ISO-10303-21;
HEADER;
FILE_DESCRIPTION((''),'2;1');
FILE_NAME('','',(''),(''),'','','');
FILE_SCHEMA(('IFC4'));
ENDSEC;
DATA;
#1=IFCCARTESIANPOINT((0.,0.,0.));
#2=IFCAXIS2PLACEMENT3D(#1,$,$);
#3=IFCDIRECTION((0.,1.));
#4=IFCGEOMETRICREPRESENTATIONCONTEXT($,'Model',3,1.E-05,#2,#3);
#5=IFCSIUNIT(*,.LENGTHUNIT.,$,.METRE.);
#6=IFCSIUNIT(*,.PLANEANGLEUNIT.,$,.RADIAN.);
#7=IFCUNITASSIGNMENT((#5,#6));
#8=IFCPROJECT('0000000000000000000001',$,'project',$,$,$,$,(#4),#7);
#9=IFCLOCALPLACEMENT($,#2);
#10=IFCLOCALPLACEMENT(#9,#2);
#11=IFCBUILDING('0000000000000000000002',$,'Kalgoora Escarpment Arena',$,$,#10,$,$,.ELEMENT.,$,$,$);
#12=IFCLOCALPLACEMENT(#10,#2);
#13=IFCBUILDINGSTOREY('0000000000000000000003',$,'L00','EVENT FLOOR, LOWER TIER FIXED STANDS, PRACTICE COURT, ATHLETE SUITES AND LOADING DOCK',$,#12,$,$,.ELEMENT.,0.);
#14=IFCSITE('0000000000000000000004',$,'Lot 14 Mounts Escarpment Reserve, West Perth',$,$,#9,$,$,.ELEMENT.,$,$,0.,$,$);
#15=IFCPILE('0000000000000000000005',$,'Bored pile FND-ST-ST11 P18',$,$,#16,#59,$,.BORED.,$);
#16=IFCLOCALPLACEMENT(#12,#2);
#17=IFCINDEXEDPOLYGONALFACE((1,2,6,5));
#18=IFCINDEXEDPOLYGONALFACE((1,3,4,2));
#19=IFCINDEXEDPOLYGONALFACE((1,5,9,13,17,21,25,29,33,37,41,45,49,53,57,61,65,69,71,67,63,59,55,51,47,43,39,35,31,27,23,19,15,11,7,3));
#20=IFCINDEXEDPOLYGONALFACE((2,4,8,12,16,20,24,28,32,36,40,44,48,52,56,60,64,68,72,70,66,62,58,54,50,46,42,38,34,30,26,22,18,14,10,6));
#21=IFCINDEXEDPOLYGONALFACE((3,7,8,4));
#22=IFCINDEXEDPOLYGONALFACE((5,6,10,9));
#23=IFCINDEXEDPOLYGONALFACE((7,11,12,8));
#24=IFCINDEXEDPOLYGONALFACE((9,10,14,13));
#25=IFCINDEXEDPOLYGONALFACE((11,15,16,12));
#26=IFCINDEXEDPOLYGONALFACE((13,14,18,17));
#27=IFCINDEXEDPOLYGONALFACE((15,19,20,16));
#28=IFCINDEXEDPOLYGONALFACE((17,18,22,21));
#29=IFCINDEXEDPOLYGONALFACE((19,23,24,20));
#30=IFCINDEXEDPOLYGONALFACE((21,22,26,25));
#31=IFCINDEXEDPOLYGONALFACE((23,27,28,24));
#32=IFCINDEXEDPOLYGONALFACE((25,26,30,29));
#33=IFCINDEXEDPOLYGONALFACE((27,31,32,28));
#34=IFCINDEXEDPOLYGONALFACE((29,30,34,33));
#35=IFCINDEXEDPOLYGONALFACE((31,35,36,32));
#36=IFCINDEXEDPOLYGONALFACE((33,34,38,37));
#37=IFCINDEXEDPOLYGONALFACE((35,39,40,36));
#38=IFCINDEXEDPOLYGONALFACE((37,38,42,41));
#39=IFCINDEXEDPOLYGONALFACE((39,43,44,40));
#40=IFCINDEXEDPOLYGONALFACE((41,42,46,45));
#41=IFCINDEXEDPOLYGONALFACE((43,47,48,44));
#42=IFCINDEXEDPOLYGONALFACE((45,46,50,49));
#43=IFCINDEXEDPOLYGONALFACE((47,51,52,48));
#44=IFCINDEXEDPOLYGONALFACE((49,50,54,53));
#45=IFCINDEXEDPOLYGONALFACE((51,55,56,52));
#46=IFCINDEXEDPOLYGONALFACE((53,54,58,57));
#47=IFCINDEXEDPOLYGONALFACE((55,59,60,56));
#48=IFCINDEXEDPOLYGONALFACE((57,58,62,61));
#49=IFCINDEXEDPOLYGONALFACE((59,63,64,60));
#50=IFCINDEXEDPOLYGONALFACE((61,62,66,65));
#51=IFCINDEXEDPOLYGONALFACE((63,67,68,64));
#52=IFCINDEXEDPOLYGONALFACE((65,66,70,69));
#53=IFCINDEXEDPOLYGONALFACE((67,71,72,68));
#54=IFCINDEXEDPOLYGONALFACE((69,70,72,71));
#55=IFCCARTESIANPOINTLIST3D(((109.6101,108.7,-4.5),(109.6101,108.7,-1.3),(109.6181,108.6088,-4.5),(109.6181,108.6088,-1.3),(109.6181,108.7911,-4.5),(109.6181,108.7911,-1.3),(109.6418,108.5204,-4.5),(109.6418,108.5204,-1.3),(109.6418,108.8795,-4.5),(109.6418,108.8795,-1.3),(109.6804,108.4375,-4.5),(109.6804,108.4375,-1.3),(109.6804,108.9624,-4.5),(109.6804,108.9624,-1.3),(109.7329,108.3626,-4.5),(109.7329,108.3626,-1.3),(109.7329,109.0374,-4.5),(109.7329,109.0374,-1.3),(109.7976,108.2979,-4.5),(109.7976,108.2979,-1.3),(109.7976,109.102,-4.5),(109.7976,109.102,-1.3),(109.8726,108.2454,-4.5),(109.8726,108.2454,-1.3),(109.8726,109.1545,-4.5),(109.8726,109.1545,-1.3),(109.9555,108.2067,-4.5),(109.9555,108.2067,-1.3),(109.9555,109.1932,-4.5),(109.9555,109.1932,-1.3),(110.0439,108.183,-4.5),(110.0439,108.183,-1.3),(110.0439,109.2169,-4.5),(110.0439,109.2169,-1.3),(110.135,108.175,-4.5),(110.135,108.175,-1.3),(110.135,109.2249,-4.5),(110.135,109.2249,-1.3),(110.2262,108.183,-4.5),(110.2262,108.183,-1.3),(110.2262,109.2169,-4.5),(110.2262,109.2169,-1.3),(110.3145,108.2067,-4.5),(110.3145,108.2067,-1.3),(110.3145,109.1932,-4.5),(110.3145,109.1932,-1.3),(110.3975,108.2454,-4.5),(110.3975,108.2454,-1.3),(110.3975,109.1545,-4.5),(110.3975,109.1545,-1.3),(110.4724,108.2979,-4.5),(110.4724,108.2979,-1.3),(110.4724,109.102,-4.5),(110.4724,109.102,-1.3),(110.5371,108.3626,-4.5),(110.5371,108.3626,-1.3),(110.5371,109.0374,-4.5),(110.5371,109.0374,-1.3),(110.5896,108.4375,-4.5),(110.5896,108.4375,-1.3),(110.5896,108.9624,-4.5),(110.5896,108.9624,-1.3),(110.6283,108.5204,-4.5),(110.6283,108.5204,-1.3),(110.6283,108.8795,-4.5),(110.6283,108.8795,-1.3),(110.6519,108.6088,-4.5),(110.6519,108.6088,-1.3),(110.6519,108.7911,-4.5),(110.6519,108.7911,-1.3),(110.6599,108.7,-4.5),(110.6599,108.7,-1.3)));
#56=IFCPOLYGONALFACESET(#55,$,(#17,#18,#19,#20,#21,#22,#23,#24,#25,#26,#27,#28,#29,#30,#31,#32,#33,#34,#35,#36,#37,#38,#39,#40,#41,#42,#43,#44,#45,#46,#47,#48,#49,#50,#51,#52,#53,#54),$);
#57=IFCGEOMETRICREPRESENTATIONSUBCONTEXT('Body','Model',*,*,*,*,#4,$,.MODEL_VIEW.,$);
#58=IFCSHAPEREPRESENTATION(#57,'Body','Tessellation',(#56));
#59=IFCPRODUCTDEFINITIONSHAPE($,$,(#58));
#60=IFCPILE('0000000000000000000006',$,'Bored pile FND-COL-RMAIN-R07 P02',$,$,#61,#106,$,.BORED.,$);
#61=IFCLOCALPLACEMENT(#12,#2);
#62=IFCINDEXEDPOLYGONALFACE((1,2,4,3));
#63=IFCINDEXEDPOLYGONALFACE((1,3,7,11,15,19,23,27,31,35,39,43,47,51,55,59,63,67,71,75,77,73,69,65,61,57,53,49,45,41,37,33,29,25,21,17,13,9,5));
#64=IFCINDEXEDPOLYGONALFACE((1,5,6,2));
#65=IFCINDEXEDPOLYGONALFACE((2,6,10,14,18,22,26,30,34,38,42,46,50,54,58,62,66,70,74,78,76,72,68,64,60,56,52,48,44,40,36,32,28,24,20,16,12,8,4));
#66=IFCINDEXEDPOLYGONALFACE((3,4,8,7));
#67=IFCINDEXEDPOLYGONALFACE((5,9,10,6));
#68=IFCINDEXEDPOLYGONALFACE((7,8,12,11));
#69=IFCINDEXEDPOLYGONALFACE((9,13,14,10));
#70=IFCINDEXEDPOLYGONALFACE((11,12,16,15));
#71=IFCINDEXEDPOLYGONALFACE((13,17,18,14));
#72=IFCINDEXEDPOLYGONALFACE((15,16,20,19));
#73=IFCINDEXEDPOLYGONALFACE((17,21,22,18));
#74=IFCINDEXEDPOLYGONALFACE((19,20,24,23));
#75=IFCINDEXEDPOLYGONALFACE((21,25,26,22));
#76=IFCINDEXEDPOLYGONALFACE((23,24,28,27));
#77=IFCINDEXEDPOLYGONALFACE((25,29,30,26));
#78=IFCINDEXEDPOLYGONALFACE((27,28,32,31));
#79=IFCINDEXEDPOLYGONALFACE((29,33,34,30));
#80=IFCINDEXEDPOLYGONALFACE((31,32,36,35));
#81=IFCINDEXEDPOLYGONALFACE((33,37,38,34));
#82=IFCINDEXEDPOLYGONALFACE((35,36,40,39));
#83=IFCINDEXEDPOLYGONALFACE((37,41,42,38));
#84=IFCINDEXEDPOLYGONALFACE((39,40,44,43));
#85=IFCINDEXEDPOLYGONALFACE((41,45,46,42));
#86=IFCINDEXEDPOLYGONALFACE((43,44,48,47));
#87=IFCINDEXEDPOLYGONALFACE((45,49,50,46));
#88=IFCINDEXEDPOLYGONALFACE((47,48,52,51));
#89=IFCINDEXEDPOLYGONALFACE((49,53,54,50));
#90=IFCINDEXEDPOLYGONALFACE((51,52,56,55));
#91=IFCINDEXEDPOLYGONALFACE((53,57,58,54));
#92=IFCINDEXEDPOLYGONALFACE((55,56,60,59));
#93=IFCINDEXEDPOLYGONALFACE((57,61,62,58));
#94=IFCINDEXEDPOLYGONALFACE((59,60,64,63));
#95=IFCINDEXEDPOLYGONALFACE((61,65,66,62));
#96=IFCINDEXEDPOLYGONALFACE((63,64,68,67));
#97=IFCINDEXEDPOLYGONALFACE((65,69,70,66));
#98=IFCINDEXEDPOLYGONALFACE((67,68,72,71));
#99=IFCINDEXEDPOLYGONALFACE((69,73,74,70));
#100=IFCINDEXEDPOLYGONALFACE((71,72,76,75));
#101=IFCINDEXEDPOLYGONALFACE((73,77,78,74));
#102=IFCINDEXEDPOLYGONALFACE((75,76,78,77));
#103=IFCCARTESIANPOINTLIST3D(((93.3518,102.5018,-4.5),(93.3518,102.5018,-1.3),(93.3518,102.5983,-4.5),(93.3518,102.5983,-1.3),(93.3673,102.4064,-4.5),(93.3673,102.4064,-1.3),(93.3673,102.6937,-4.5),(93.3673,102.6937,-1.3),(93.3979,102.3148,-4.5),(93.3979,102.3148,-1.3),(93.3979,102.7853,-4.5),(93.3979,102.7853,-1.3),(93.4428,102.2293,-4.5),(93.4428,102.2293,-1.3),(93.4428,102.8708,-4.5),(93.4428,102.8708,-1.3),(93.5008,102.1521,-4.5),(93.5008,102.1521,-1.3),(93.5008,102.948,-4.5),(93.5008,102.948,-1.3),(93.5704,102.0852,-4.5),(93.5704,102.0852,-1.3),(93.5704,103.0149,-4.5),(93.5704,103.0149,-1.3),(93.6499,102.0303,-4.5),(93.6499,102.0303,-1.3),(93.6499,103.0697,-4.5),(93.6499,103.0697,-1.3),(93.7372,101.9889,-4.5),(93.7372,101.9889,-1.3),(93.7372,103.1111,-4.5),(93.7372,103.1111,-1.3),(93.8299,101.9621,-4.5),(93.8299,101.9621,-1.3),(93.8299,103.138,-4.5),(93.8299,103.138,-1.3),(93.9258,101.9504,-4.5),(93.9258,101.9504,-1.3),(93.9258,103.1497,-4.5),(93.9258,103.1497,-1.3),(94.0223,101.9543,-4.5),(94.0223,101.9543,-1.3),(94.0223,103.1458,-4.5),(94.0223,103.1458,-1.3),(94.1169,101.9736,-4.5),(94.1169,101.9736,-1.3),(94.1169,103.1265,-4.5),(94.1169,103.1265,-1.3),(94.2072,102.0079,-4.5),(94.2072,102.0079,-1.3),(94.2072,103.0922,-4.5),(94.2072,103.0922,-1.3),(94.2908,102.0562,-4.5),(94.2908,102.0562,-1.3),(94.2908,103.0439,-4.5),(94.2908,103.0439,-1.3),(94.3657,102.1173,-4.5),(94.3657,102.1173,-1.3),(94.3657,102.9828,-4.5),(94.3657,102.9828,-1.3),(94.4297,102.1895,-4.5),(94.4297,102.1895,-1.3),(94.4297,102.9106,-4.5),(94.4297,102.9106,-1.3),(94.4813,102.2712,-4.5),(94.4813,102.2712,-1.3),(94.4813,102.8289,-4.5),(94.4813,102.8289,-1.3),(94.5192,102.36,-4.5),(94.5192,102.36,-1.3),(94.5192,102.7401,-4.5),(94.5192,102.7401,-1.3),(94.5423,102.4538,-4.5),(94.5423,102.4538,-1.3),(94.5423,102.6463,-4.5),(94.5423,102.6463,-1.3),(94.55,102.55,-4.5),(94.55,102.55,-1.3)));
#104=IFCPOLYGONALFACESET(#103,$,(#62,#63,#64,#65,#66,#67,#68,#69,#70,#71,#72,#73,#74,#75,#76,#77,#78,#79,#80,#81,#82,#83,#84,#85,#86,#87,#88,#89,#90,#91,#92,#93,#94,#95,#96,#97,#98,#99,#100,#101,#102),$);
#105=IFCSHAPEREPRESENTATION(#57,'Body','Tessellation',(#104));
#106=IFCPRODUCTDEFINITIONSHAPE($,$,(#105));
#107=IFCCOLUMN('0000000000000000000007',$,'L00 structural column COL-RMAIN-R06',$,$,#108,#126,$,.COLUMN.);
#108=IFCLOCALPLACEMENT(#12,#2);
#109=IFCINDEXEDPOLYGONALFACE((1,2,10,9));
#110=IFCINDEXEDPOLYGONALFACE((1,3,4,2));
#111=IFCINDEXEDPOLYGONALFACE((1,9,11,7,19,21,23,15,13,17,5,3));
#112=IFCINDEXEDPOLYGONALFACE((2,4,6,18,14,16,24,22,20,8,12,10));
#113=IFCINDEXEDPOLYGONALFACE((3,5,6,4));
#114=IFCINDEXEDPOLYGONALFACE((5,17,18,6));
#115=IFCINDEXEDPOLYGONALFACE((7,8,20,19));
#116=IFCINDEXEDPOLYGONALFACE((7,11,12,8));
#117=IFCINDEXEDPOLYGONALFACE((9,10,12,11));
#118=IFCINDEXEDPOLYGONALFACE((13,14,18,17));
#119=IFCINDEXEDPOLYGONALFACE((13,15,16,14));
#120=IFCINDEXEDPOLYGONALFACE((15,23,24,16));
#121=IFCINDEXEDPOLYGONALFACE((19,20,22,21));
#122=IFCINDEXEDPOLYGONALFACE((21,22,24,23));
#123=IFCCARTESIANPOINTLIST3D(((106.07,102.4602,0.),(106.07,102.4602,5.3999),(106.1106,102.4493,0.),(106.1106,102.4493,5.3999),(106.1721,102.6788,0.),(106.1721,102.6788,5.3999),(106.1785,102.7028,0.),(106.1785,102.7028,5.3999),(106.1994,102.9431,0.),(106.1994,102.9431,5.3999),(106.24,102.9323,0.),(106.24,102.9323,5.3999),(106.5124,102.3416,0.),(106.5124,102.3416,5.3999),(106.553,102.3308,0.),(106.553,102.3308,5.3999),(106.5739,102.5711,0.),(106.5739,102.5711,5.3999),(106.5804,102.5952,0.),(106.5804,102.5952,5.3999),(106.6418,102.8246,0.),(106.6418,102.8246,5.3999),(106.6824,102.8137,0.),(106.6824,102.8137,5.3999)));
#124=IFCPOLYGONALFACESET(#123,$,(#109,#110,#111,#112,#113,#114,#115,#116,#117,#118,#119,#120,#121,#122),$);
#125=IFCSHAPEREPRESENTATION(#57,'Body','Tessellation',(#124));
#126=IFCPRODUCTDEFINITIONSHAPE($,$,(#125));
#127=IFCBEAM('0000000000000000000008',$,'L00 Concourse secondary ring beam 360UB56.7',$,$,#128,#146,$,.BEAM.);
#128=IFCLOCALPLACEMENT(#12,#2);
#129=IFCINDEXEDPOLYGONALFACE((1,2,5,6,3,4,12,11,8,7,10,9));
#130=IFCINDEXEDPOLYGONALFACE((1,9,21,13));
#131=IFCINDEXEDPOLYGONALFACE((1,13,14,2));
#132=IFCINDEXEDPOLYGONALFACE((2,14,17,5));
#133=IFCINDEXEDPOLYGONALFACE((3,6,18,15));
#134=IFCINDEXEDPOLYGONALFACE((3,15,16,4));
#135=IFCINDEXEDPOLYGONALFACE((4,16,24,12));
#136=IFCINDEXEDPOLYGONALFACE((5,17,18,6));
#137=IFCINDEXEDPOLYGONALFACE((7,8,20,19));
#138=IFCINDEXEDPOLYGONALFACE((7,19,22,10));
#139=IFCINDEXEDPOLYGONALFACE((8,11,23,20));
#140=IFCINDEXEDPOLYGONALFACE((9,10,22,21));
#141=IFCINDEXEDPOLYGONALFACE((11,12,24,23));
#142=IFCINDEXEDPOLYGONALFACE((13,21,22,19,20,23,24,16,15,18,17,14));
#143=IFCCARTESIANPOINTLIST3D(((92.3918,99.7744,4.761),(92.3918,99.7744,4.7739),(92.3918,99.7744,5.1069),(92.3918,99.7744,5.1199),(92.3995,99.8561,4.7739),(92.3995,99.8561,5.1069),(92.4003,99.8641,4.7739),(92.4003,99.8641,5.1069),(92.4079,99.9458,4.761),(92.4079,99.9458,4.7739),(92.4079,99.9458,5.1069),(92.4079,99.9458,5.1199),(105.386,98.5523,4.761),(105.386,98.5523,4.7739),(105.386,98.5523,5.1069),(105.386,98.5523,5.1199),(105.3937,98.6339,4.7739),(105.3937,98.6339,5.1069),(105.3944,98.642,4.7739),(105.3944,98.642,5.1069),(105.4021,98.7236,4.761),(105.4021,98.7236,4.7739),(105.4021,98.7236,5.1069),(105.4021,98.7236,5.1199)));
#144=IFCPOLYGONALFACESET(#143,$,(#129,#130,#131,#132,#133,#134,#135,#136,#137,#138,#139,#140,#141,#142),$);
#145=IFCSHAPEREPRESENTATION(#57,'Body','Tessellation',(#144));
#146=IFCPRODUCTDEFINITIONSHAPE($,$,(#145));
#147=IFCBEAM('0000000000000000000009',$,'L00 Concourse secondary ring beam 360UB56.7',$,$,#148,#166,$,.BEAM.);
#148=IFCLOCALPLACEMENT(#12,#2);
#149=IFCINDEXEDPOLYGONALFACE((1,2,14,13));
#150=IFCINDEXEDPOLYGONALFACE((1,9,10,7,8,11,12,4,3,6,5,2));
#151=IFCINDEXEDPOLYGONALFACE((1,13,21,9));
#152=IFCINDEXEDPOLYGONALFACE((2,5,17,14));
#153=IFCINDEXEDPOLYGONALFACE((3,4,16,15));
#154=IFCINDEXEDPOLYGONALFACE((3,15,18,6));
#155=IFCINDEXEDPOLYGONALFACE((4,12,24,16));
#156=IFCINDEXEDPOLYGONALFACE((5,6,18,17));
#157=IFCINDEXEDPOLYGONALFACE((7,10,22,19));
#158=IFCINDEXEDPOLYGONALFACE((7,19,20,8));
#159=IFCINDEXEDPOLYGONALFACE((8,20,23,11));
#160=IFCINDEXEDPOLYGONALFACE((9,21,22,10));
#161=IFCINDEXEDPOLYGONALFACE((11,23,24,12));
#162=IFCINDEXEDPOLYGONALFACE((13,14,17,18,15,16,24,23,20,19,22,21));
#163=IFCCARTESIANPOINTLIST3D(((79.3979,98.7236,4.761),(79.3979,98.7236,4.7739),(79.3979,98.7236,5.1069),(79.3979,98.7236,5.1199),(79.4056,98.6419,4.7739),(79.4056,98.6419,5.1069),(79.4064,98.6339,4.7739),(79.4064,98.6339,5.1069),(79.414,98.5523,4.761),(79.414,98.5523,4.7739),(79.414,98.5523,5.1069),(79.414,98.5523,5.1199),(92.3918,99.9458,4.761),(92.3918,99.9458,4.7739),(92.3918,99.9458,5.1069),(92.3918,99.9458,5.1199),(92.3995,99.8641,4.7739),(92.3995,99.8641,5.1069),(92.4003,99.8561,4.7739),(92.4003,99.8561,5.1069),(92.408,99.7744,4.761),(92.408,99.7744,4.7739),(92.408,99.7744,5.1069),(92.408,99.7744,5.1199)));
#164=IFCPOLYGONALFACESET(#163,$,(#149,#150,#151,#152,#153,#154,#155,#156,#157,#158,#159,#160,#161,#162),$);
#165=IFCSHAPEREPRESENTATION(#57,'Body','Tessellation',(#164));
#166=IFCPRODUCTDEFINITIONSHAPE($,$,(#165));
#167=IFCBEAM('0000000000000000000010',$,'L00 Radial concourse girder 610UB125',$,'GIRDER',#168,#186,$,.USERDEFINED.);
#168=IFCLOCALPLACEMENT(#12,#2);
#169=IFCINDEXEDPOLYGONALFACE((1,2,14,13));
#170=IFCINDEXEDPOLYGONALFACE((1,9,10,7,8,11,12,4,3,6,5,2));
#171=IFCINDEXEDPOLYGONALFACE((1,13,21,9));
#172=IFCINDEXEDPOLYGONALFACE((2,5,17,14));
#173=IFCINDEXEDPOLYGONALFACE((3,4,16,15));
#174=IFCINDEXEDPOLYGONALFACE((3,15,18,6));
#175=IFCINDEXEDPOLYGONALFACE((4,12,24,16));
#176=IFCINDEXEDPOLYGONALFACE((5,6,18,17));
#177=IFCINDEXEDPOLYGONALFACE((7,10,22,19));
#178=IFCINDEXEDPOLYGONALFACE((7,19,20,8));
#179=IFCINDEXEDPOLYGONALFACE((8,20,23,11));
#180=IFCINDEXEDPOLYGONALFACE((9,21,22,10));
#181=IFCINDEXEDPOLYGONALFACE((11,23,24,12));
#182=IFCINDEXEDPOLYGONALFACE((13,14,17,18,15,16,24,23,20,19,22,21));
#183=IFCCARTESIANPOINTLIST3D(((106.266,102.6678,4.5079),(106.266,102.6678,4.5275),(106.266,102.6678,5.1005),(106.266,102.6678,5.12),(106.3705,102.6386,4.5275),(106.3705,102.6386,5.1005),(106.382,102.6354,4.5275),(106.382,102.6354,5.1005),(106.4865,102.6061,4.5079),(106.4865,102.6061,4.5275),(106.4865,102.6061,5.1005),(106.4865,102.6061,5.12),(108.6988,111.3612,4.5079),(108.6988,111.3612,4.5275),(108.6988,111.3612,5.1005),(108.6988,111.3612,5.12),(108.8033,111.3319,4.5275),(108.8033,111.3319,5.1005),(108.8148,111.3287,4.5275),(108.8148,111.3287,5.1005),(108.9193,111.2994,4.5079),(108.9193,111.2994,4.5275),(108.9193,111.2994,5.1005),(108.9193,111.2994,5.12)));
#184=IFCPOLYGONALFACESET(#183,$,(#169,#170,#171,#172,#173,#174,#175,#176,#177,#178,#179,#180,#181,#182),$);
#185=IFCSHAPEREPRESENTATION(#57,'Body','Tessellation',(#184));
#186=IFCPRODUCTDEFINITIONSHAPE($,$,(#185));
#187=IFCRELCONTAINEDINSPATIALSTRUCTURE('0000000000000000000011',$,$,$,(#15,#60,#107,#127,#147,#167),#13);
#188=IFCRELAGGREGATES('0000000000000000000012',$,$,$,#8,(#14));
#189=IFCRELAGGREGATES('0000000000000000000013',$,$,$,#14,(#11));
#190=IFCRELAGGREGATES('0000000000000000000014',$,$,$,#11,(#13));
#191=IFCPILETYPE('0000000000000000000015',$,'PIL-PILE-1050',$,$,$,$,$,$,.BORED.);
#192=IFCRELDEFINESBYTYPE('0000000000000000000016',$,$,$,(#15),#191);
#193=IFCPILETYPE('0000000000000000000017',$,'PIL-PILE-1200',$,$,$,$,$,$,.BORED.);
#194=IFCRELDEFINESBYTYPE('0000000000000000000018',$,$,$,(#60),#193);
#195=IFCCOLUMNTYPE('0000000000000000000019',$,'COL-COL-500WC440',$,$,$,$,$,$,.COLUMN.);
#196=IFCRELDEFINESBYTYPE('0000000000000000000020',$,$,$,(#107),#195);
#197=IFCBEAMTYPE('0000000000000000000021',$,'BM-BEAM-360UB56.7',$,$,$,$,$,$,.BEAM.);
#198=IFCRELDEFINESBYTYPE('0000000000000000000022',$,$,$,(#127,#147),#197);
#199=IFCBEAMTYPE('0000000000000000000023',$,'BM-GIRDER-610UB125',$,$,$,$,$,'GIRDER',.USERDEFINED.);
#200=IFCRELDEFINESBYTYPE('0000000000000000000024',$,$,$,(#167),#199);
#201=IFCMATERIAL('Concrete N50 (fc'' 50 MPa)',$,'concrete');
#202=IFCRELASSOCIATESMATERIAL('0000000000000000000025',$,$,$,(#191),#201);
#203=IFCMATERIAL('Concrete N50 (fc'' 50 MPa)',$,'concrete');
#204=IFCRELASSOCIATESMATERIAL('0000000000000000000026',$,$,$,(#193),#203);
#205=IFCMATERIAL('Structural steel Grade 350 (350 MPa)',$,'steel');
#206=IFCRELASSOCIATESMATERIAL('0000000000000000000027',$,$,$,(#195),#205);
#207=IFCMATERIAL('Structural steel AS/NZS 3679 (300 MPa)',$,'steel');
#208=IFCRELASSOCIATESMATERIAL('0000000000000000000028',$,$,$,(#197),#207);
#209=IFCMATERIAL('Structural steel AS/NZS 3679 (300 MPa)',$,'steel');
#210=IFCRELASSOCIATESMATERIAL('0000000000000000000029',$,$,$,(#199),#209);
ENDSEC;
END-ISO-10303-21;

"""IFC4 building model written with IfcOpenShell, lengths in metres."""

from ifc_helpers import new_model, si_unit, direction, frame, origin, origin_2d, place, context, subcontext, project, spatial, circle, i_section, extrude, material, material_profile, profile_set, type_object, element, save


model = new_model("IFC4")

# Units and contexts
model_context = context("Model", 3, precision=1e-05, world=origin(), true_north=direction((0.0, 1.0)))
body_context = subcontext(model_context, "Body", "Model", "MODEL_VIEW")
ifc_project = project(units=[si_unit("LENGTHUNIT", "METRE"), si_unit("PLANEANGLEUNIT", "RADIAN")], contexts=[model_context])

# Site, building, storey
site_placement = place(None, origin())
site = spatial("IfcSite", under=ifc_project, at=site_placement, Name="Lot 14 Mounts Escarpment Reserve, West Perth", CompositionType="ELEMENT", RefElevation=0.0)
building_placement = place(site_placement, origin())
building = spatial("IfcBuilding", under=site, at=building_placement, Name="Kalgoora Escarpment Arena", CompositionType="ELEMENT")
storey_placement = place(building_placement, origin())
storey = spatial("IfcBuildingStorey", under=building, at=storey_placement, Name="L00", Description="EVENT FLOOR, LOWER TIER FIXED STANDS, PRACTICE COURT, ATHLETE SUITES AND LOADING DOCK", CompositionType="ELEMENT", Elevation=0.0)

# Piles
ifc_material_1 = material(Name="Concrete N50 (fc' 50 MPa)", Category="concrete")
ifc_material_profile_1 = material_profile(ifc_material_1, circle(Radius=0.5249, at=origin_2d()))
ifc_profile_set_1 = profile_set([ifc_material_profile_1], Name="Concrete N50 (fc' 50 MPa)")
pile_type_1 = type_object("IfcPileType", Name="PIL-PILE-1050", PredefinedType="BORED", material=ifc_profile_set_1)
for number, where, z_axis, x_axis, name in (
    (1, (110.135, 108.7, -1.3), (0.0, 0.0, -1.0), (1.0, 0.0, 0.0), "Bored pile FND-ST-ST11 P18"),
):
    element("IfcPile", number, at=place(storey_placement, frame(where, z_axis=z_axis, x_axis=x_axis)), inside=storey, type_object=pile_type_1, Name=name, PredefinedType="BORED", context=body_context, shape_type="SweptSolid", body=[
        extrude(circle(Radius=0.5249, at=origin_2d()), origin(), (0.0, 0.0, 1.0), 3.2),
    ])
ifc_material_2 = material(Name="Concrete N50 (fc' 50 MPa)", Category="concrete")
ifc_material_profile_2 = material_profile(ifc_material_2, circle(Radius=0.6001, at=origin_2d()))
ifc_profile_set_2 = profile_set([ifc_material_profile_2], Name="Concrete N50 (fc' 50 MPa)")
pile_type_2 = type_object("IfcPileType", Name="PIL-PILE-1200", PredefinedType="BORED", material=ifc_profile_set_2)
pile_placement = place(storey_placement, frame((93.95, 102.55, -1.3), z_axis=(0.0, 0.0, -1.0), x_axis=(1.0, 0.0, 0.0)))
element("IfcPile", 2, at=pile_placement, inside=storey, type_object=pile_type_2, Name="Bored pile FND-COL-RMAIN-R07 P02", PredefinedType="BORED", context=body_context, shape_type="SweptSolid", body=[
    extrude(circle(Radius=0.6001, at=origin_2d()), origin(), (0.0, 0.0, 1.0), 3.2),
])

# Column
ifc_material_3 = material(Name="Structural steel Grade 350 (350 MPa)", Category="steel")
ifc_material_profile_3 = material_profile(ifc_material_3, i_section(OverallWidth=0.5, OverallDepth=0.5, WebThickness=0.0249, FlangeThickness=0.042, at=origin_2d()))
ifc_profile_set_3 = profile_set([ifc_material_profile_3], Name="Structural steel Grade 350 (350 MPa)")
column_type = type_object("IfcColumnType", Name="COL-COL-500WC440", PredefinedType="COLUMN", material=ifc_profile_set_3)
column_placement = place(storey_placement, frame((106.3762, 102.637, 0.0), z_axis=(0.0, 0.0, 1.0), x_axis=(0.258819, 0.965926, 0.0)))
element("IfcColumn", 3, at=column_placement, inside=storey, type_object=column_type, Name="L00 structural column COL-RMAIN-R06", PredefinedType="COLUMN", context=body_context, shape_type="SweptSolid", body=[
    extrude(i_section(OverallWidth=0.5, OverallDepth=0.5, WebThickness=0.0249, FlangeThickness=0.042, at=origin_2d()), origin(), (0.0, 0.0, 1.0), 5.3999),
])

# Beams
ifc_material_4 = material(Name="Structural steel AS/NZS 3679 (300 MPa)", Category="steel")
ifc_material_profile_4 = material_profile(ifc_material_4, i_section(OverallWidth=0.1721, OverallDepth=0.3589, WebThickness=0.0081, FlangeThickness=0.0129, at=origin_2d()))
ifc_profile_set_4 = profile_set([ifc_material_profile_4], Name="Structural steel AS/NZS 3679 (300 MPa)")
beam_type_1 = type_object("IfcBeamType", Name="BM-BEAM-360UB56.7", PredefinedType="BEAM", material=ifc_profile_set_4)
beam_1_placement = place(storey_placement, frame((105.394, 98.6379, 4.9404), z_axis=(-0.995606, 0.093642, 0.0), x_axis=(-0.093642, -0.995606, 0.0)))
element("IfcBeam", 4, at=beam_1_placement, inside=storey, type_object=beam_type_1, Name="L00 Concourse secondary ring beam 360UB56.7", PredefinedType="BEAM", context=body_context, shape_type="SweptSolid", body=[
    extrude(i_section(OverallWidth=0.1721, OverallDepth=0.3589, WebThickness=0.0081, FlangeThickness=0.0129, at=origin_2d()), origin(), (0.0, 0.0, 1.0), 13.0515),
])
beam_2_placement = place(storey_placement, frame((92.3999, 99.8601, 4.9404), z_axis=(-0.995606, -0.093644, 0.0), x_axis=(0.093644, -0.995606, 0.0)))
element("IfcBeam", 5, at=beam_2_placement, inside=storey, type_object=beam_type_1, Name="L00 Concourse secondary ring beam 360UB56.7", PredefinedType="BEAM", context=body_context, shape_type="SweptSolid", body=[
    extrude(i_section(OverallWidth=0.1721, OverallDepth=0.3589, WebThickness=0.0081, FlangeThickness=0.0129, at=origin_2d()), origin(), (0.0, 0.0, 1.0), 13.0513),
])
ifc_material_5 = material(Name="Structural steel AS/NZS 3679 (300 MPa)", Category="steel")
ifc_material_profile_5 = material_profile(ifc_material_5, i_section(OverallWidth=0.229, OverallDepth=0.6121, WebThickness=0.012, FlangeThickness=0.0195, at=origin_2d()))
ifc_profile_set_5 = profile_set([ifc_material_profile_5], Name="Structural steel AS/NZS 3679 (300 MPa)")
beam_type_2 = type_object("IfcBeamType", Name="BM-GIRDER-610UB125", ElementType="GIRDER", PredefinedType="USERDEFINED", material=ifc_profile_set_5)
beam_3_placement = place(storey_placement, frame((106.3762, 102.637, 4.814), z_axis=(0.269499, 0.963001, 0.0), x_axis=(-0.963001, 0.269499, 0.0)))
element("IfcBeam", 6, at=beam_3_placement, inside=storey, type_object=beam_type_2, Name="L00 Radial concourse girder 610UB125", ObjectType="GIRDER", PredefinedType="USERDEFINED", context=body_context, shape_type="SweptSolid", body=[
    extrude(i_section(OverallWidth=0.229, OverallDepth=0.6121, WebThickness=0.012, FlangeThickness=0.0195, at=origin_2d()), origin(), (0.0, 0.0, 1.0), 9.0273),
])

save(model, "model.ifc")
